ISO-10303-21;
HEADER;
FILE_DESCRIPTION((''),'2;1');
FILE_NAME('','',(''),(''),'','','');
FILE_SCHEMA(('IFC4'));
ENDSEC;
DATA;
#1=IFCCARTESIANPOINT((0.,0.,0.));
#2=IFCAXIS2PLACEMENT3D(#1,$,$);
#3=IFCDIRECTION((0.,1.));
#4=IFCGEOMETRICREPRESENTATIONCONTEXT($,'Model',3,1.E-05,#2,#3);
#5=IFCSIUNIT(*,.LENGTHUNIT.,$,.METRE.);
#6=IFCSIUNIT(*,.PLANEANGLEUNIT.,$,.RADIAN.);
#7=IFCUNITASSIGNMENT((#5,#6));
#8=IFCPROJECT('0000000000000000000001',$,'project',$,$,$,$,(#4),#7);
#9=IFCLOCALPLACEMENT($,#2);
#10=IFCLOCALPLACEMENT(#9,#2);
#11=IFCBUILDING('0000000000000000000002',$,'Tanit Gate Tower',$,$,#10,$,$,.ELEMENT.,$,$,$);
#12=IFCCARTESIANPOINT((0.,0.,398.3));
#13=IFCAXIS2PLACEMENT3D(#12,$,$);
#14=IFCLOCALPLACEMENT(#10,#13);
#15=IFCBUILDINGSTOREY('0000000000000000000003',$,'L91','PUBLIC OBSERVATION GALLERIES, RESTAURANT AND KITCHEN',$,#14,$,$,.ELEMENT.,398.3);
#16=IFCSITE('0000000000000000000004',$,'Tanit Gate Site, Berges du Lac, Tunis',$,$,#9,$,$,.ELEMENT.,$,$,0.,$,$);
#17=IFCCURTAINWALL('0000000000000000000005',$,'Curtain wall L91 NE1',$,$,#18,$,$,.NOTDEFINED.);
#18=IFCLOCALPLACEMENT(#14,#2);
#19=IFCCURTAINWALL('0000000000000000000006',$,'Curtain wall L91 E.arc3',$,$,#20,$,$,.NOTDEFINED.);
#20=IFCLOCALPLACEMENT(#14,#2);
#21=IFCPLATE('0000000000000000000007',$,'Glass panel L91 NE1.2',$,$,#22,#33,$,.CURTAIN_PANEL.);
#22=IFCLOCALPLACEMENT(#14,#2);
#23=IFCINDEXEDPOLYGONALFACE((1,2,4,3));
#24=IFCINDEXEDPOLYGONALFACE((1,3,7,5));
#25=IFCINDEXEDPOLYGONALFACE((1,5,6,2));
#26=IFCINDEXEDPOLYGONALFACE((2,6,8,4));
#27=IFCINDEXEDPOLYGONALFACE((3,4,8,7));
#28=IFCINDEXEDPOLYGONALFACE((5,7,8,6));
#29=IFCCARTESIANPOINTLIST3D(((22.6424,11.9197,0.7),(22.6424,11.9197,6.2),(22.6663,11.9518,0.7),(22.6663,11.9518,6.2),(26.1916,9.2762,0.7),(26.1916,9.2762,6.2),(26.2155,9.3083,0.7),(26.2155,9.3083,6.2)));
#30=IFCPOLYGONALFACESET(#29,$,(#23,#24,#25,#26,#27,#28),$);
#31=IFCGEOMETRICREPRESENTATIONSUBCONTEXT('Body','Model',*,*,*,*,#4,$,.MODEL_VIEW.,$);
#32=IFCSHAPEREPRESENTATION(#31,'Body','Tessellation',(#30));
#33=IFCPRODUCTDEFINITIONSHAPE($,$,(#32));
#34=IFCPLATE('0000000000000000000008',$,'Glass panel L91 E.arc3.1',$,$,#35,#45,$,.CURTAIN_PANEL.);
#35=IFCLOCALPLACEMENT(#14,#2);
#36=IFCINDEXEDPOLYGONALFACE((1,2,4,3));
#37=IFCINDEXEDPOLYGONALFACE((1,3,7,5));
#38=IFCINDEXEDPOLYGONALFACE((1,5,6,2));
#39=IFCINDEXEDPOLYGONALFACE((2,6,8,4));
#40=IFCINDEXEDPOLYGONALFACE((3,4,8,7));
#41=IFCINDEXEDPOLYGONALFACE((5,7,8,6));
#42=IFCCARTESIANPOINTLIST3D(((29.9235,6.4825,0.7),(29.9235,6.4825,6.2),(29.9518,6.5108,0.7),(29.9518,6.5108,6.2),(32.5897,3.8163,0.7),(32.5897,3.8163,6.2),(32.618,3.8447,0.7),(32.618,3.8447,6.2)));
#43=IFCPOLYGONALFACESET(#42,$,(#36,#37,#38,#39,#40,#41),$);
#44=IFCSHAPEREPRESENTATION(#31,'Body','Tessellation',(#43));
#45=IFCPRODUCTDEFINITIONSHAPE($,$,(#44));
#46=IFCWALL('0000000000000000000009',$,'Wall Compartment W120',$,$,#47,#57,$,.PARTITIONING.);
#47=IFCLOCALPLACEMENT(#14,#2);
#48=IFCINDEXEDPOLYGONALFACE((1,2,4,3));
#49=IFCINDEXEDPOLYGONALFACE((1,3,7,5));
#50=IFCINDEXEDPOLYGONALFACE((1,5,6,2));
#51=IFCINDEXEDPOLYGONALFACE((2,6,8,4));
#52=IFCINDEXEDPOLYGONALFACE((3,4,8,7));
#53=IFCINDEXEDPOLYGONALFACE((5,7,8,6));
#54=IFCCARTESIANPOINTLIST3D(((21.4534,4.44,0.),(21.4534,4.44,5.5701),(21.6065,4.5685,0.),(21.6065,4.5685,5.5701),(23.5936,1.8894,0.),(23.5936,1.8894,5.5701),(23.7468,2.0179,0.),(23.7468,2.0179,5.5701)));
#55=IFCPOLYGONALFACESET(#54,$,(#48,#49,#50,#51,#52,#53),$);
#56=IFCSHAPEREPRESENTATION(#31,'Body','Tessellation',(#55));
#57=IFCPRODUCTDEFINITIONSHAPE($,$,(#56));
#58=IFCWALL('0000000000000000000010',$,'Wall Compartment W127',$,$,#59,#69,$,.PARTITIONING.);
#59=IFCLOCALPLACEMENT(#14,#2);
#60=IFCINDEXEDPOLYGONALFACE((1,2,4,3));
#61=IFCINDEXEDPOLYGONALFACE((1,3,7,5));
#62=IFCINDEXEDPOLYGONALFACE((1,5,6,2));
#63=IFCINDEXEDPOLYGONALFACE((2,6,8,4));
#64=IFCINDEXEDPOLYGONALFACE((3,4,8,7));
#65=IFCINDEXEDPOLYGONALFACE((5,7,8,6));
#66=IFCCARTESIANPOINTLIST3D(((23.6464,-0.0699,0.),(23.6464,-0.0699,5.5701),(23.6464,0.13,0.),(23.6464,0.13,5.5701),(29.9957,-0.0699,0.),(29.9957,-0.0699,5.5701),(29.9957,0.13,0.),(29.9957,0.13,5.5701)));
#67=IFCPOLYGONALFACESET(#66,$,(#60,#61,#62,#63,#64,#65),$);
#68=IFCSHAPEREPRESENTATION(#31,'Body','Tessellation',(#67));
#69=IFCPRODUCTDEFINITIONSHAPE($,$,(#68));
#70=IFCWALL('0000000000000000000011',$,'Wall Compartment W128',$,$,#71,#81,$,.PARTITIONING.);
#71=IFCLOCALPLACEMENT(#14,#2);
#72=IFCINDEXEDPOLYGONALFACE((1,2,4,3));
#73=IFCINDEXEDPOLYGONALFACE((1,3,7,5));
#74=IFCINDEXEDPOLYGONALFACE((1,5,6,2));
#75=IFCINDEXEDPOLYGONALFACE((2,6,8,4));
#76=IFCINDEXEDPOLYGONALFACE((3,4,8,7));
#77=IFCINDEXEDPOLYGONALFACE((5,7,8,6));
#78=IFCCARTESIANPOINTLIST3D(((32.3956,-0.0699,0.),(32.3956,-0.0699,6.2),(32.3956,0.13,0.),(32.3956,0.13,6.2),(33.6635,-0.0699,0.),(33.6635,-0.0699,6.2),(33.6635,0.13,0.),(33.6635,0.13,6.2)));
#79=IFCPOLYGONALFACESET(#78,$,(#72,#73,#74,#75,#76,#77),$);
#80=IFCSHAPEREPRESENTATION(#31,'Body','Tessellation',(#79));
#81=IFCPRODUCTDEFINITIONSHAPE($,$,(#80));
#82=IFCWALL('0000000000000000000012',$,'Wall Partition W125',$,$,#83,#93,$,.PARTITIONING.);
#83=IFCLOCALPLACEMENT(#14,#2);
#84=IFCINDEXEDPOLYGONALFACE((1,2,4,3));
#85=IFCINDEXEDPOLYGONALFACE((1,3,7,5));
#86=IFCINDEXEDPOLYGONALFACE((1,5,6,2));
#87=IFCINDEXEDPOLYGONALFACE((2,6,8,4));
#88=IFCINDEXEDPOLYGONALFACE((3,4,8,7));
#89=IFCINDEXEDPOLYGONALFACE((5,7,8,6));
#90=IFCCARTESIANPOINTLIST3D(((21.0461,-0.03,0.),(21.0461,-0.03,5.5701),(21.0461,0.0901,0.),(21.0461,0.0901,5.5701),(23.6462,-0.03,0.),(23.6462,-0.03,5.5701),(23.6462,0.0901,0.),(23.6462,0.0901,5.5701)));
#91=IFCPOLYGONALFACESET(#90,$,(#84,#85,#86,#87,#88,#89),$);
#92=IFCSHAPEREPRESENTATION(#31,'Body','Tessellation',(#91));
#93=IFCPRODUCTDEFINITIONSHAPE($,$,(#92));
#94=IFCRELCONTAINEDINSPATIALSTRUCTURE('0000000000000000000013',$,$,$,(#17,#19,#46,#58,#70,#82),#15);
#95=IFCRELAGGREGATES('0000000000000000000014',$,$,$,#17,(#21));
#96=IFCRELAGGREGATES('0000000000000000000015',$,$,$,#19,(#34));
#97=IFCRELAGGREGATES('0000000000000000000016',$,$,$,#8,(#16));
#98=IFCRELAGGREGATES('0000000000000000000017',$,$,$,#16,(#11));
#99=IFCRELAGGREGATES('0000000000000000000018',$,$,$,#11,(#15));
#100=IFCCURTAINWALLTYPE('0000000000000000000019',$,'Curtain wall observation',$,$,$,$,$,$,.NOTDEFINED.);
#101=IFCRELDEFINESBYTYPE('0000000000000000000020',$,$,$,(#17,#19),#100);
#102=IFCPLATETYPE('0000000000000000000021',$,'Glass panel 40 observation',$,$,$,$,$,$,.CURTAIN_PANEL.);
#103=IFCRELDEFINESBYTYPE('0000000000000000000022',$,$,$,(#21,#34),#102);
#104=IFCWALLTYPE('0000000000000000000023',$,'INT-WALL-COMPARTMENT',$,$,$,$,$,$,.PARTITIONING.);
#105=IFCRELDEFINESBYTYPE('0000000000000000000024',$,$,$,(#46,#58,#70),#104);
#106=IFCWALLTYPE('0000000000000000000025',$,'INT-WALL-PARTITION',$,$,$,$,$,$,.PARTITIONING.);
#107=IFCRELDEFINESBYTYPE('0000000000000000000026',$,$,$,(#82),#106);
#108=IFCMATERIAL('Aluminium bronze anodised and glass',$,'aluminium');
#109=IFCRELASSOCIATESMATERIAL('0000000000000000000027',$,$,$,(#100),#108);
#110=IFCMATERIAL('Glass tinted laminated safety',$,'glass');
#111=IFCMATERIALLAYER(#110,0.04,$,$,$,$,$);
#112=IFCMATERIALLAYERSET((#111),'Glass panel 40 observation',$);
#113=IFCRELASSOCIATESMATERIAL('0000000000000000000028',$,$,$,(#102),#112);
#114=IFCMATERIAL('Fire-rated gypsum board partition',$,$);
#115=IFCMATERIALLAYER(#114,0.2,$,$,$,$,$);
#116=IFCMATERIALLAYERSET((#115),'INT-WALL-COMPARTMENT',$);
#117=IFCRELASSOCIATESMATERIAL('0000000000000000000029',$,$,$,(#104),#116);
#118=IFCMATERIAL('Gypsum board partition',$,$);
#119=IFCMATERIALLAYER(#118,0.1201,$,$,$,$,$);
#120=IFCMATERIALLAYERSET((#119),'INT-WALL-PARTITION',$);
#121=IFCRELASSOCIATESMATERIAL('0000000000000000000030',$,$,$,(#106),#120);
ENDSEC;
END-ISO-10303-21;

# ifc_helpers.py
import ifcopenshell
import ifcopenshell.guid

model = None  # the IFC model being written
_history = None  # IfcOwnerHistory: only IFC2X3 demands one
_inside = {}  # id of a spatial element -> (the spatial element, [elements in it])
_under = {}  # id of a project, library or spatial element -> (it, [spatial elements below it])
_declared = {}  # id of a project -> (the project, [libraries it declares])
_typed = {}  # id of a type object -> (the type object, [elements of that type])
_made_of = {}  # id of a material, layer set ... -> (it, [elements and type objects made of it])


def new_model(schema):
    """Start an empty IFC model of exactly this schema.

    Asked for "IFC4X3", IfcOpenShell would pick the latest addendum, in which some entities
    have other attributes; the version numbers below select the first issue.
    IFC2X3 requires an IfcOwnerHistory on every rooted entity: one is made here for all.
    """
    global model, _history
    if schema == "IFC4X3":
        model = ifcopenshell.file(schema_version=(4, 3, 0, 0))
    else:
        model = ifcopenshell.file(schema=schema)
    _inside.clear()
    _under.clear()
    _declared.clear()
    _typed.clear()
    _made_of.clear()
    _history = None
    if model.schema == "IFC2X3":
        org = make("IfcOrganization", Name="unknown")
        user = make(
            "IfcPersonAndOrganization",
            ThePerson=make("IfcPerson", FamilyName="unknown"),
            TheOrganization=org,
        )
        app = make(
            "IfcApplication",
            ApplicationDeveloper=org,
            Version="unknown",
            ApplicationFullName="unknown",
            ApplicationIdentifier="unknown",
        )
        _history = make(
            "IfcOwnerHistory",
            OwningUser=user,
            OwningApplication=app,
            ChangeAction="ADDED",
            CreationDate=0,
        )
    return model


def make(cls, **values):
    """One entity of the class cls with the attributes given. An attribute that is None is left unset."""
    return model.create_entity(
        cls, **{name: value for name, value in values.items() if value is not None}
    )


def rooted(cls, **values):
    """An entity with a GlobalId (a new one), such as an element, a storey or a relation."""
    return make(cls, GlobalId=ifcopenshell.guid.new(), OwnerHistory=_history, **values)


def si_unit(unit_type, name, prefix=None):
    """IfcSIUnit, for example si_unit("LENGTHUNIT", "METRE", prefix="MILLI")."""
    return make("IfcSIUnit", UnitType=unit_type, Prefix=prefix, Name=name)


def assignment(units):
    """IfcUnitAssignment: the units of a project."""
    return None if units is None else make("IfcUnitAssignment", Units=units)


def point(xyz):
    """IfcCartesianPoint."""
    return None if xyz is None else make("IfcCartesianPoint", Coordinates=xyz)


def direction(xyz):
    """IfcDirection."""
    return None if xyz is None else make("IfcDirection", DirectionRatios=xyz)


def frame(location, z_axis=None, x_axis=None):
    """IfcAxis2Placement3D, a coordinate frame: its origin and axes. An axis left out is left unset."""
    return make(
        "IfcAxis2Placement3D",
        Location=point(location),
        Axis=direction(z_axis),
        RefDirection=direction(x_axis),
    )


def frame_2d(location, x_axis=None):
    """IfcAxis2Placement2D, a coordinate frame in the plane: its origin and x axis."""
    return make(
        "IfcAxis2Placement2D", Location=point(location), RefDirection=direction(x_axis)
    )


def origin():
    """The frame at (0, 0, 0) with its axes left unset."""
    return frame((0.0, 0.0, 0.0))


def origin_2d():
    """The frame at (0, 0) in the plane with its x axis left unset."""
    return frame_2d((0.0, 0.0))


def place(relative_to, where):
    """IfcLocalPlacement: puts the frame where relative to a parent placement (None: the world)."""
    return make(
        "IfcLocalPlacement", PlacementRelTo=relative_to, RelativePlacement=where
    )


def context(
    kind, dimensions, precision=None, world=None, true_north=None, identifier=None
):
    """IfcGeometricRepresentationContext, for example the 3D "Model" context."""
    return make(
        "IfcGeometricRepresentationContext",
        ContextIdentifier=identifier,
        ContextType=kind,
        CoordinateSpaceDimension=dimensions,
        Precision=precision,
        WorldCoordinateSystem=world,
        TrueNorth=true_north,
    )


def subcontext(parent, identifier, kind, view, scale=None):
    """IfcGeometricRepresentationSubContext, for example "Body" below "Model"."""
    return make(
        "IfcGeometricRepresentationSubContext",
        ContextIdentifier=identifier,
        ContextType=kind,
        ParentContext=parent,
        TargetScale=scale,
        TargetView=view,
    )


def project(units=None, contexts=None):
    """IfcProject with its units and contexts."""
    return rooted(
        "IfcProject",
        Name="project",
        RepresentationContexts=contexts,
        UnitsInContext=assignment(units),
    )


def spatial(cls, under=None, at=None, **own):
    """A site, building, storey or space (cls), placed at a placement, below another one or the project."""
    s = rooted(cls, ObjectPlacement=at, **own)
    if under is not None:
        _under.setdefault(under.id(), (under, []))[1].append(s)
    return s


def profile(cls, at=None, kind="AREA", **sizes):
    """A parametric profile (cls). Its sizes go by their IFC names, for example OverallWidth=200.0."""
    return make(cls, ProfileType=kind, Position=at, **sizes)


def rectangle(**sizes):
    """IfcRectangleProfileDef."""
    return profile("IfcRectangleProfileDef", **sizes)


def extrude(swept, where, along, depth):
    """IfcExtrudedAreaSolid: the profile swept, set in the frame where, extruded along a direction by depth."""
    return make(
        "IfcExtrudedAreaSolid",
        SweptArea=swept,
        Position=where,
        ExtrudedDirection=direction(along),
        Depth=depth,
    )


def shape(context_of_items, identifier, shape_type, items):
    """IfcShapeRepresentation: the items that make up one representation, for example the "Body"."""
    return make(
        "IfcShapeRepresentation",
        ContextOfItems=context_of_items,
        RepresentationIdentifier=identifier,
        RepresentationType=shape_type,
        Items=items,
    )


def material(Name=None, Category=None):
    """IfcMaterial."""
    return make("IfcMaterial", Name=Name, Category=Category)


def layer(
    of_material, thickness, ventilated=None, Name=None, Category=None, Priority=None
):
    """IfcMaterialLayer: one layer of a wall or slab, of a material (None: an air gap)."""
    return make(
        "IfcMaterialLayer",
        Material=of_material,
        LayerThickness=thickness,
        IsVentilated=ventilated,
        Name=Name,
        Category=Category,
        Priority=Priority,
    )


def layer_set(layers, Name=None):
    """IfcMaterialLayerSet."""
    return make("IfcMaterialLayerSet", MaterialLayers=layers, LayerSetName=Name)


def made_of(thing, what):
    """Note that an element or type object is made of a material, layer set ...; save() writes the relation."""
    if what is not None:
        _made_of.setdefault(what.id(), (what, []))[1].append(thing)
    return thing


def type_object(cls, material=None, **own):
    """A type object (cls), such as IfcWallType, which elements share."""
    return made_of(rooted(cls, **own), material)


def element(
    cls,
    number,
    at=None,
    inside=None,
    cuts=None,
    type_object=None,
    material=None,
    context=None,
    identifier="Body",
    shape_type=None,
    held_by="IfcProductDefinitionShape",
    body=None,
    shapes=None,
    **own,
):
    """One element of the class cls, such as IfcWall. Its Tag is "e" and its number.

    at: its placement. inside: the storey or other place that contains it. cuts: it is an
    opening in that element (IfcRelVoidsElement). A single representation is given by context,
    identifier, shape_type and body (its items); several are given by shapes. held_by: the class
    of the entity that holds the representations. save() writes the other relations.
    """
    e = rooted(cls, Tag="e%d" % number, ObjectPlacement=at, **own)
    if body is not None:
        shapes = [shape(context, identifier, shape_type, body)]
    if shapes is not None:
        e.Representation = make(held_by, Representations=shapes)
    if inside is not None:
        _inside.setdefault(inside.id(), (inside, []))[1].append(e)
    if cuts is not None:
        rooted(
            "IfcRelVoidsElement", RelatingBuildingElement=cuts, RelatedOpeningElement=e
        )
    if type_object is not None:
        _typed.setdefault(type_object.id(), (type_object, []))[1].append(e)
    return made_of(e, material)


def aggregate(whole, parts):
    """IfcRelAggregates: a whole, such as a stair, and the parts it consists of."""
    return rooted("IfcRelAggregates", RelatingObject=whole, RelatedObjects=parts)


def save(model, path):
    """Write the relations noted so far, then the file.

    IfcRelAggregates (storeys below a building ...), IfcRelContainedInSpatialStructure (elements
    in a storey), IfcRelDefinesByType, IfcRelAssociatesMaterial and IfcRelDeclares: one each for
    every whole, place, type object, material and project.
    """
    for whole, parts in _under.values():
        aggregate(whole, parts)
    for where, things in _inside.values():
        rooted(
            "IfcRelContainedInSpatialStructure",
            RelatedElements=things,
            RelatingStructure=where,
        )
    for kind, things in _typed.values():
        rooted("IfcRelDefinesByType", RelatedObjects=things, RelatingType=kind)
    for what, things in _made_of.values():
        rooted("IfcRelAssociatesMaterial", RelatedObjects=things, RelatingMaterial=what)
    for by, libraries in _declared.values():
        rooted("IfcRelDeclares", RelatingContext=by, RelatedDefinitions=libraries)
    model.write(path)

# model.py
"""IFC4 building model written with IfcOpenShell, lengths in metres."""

from ifc_helpers import new_model, si_unit, direction, frame, frame_2d, origin, origin_2d, place, context, subcontext, project, spatial, rectangle, extrude, material, layer, layer_set, type_object, element, aggregate, save


model = new_model("IFC4")

# Units and contexts
model_context = context("Model", 3, precision=1e-05, world=origin(), true_north=direction((0.0, 1.0)))
body_context = subcontext(model_context, "Body", "Model", "MODEL_VIEW")
ifc_project = project(units=[si_unit("LENGTHUNIT", "METRE"), si_unit("PLANEANGLEUNIT", "RADIAN")], contexts=[model_context])

# Site, building, storey
site_placement = place(None, origin())
site = spatial("IfcSite", under=ifc_project, at=site_placement, Name="Tanit Gate Site, Berges du Lac, Tunis", CompositionType="ELEMENT", RefElevation=0.0)
building_placement = place(site_placement, origin())
building = spatial("IfcBuilding", under=site, at=building_placement, Name="Tanit Gate Tower", CompositionType="ELEMENT")
storey_placement = place(building_placement, frame((0.0, 0.0, 398.3)))
storey = spatial("IfcBuildingStorey", under=building, at=storey_placement, Name="L91", Description="PUBLIC OBSERVATION GALLERIES, RESTAURANT AND KITCHEN", CompositionType="ELEMENT", Elevation=398.3)

# Curtain wall
ifc_material_1 = material(Name="Aluminium bronze anodised and glass", Category="aluminium")
curtain_wall_type = type_object("IfcCurtainWallType", Name="Curtain wall observation", PredefinedType="NOTDEFINED", material=ifc_material_1)
curtain_wall_1_placement = place(storey_placement, origin())
curtain_wall_1 = element("IfcCurtainWall", 1, at=curtain_wall_1_placement, inside=storey, type_object=curtain_wall_type, Name="Curtain wall L91 NE1", PredefinedType="NOTDEFINED")

# Curtain wall
curtain_wall_2_placement = place(storey_placement, origin())
curtain_wall_2 = element("IfcCurtainWall", 2, at=curtain_wall_2_placement, inside=storey, type_object=curtain_wall_type, Name="Curtain wall L91 E.arc3", PredefinedType="NOTDEFINED")

# Plates
ifc_material_2 = material(Name="Glass tinted laminated safety", Category="glass")
ifc_layer_1 = layer(ifc_material_2, 0.04)
ifc_layer_set_1 = layer_set([ifc_layer_1], Name="Glass panel 40 observation")
plate_type = type_object("IfcPlateType", Name="Glass panel 40 observation", PredefinedType="CURTAIN_PANEL", material=ifc_layer_set_1)
plate_1_placement = place(storey_placement, frame((24.429, 10.614, 0.7), z_axis=(0.0, 0.0, 1.0), x_axis=(-0.801988, 0.597341, 0.0)))
plate_1 = element("IfcPlate", 3, at=plate_1_placement, type_object=plate_type, Name="Glass panel L91 NE1.2", PredefinedType="CURTAIN_PANEL", context=body_context, shape_type="SweptSolid", body=[
    extrude(rectangle(XDim=4.4255, YDim=0.04, at=origin_2d()), origin(), (0.0, 0.0, 1.0), 5.5),
])
aggregate(curtain_wall_1, [plate_1])
plate_2_placement = place(storey_placement, frame((31.2708, 5.1636, 0.7), z_axis=(0.0, 0.0, 1.0), x_axis=(-0.707107, 0.707107, 0.0)))
plate_2 = element("IfcPlate", 4, at=plate_2_placement, type_object=plate_type, Name="Glass panel L91 E.arc3.1", PredefinedType="CURTAIN_PANEL", context=body_context, shape_type="SweptSolid", body=[
    extrude(rectangle(XDim=3.7705, YDim=0.04, at=origin_2d()), origin(), (0.0, 0.0, 1.0), 5.5),
])
aggregate(curtain_wall_2, [plate_2])

# Walls
ifc_material_3 = material(Name="Fire-rated gypsum board partition")
ifc_layer_2 = layer(ifc_material_3, 0.2)
ifc_layer_set_2 = layer_set([ifc_layer_2], Name="INT-WALL-COMPARTMENT")
wall_type_1 = type_object("IfcWallType", Name="INT-WALL-COMPARTMENT", PredefinedType="PARTITIONING", material=ifc_layer_set_2)
wall_1_placement = place(storey_placement, frame((23.6702, 1.9536, 0.0), z_axis=(0.0, 0.0, 1.0), x_axis=(-0.642784, 0.766047, 0.0)))
element("IfcWall", 5, at=wall_1_placement, inside=storey, type_object=wall_type_1, Name="Wall Compartment W120", PredefinedType="PARTITIONING", context=body_context, shape_type="SweptSolid", body=[
    extrude(rectangle(XDim=3.3296, YDim=0.2, at=frame_2d((1.6648, 0.0))), origin(), (0.0, 0.0, 1.0), 5.5701),
])
wall_2_placement = place(storey_placement, frame((23.6462, 0.03, 0.0), z_axis=(0.0, 0.0, 1.0), x_axis=(1.0, 0.0, 0.0)))
element("IfcWall", 6, at=wall_2_placement, inside=storey, type_object=wall_type_1, Name="Wall Compartment W127", PredefinedType="PARTITIONING", context=body_context, shape_type="SweptSolid", body=[
    extrude(rectangle(XDim=6.3494, YDim=0.2, at=frame_2d((3.1748, 0.0))), origin(), (0.0, 0.0, 1.0), 5.5701),
])
wall_3_placement = place(storey_placement, frame((32.3958, 0.03, 0.0), z_axis=(0.0, 0.0, 1.0), x_axis=(1.0, 0.0, 0.0)))
element("IfcWall", 7, at=wall_3_placement, inside=storey, type_object=wall_type_1, Name="Wall Compartment W128", PredefinedType="PARTITIONING", context=body_context, shape_type="SweptSolid", body=[
    extrude(rectangle(XDim=1.2678, YDim=0.2, at=frame_2d((0.6338, 0.0))), origin(), (0.0, 0.0, 1.0), 6.2),
])
ifc_material_4 = material(Name="Gypsum board partition")
ifc_layer_3 = layer(ifc_material_4, 0.1201)
ifc_layer_set_3 = layer_set([ifc_layer_3], Name="INT-WALL-PARTITION")
wall_type_2 = type_object("IfcWallType", Name="INT-WALL-PARTITION", PredefinedType="PARTITIONING", material=ifc_layer_set_3)
wall_4_placement = place(storey_placement, frame((23.6462, 0.03, 0.0), z_axis=(0.0, 0.0, 1.0), x_axis=(-1.0, 0.0, 0.0)))
element("IfcWall", 8, at=wall_4_placement, inside=storey, type_object=wall_type_2, Name="Wall Partition W125", PredefinedType="PARTITIONING", context=body_context, shape_type="SweptSolid", body=[
    extrude(rectangle(XDim=2.6001, YDim=0.1201, at=frame_2d((1.3, 0.0))), origin(), (0.0, 0.0, 1.0), 5.5701),
])

save(model, "model.ifc")
